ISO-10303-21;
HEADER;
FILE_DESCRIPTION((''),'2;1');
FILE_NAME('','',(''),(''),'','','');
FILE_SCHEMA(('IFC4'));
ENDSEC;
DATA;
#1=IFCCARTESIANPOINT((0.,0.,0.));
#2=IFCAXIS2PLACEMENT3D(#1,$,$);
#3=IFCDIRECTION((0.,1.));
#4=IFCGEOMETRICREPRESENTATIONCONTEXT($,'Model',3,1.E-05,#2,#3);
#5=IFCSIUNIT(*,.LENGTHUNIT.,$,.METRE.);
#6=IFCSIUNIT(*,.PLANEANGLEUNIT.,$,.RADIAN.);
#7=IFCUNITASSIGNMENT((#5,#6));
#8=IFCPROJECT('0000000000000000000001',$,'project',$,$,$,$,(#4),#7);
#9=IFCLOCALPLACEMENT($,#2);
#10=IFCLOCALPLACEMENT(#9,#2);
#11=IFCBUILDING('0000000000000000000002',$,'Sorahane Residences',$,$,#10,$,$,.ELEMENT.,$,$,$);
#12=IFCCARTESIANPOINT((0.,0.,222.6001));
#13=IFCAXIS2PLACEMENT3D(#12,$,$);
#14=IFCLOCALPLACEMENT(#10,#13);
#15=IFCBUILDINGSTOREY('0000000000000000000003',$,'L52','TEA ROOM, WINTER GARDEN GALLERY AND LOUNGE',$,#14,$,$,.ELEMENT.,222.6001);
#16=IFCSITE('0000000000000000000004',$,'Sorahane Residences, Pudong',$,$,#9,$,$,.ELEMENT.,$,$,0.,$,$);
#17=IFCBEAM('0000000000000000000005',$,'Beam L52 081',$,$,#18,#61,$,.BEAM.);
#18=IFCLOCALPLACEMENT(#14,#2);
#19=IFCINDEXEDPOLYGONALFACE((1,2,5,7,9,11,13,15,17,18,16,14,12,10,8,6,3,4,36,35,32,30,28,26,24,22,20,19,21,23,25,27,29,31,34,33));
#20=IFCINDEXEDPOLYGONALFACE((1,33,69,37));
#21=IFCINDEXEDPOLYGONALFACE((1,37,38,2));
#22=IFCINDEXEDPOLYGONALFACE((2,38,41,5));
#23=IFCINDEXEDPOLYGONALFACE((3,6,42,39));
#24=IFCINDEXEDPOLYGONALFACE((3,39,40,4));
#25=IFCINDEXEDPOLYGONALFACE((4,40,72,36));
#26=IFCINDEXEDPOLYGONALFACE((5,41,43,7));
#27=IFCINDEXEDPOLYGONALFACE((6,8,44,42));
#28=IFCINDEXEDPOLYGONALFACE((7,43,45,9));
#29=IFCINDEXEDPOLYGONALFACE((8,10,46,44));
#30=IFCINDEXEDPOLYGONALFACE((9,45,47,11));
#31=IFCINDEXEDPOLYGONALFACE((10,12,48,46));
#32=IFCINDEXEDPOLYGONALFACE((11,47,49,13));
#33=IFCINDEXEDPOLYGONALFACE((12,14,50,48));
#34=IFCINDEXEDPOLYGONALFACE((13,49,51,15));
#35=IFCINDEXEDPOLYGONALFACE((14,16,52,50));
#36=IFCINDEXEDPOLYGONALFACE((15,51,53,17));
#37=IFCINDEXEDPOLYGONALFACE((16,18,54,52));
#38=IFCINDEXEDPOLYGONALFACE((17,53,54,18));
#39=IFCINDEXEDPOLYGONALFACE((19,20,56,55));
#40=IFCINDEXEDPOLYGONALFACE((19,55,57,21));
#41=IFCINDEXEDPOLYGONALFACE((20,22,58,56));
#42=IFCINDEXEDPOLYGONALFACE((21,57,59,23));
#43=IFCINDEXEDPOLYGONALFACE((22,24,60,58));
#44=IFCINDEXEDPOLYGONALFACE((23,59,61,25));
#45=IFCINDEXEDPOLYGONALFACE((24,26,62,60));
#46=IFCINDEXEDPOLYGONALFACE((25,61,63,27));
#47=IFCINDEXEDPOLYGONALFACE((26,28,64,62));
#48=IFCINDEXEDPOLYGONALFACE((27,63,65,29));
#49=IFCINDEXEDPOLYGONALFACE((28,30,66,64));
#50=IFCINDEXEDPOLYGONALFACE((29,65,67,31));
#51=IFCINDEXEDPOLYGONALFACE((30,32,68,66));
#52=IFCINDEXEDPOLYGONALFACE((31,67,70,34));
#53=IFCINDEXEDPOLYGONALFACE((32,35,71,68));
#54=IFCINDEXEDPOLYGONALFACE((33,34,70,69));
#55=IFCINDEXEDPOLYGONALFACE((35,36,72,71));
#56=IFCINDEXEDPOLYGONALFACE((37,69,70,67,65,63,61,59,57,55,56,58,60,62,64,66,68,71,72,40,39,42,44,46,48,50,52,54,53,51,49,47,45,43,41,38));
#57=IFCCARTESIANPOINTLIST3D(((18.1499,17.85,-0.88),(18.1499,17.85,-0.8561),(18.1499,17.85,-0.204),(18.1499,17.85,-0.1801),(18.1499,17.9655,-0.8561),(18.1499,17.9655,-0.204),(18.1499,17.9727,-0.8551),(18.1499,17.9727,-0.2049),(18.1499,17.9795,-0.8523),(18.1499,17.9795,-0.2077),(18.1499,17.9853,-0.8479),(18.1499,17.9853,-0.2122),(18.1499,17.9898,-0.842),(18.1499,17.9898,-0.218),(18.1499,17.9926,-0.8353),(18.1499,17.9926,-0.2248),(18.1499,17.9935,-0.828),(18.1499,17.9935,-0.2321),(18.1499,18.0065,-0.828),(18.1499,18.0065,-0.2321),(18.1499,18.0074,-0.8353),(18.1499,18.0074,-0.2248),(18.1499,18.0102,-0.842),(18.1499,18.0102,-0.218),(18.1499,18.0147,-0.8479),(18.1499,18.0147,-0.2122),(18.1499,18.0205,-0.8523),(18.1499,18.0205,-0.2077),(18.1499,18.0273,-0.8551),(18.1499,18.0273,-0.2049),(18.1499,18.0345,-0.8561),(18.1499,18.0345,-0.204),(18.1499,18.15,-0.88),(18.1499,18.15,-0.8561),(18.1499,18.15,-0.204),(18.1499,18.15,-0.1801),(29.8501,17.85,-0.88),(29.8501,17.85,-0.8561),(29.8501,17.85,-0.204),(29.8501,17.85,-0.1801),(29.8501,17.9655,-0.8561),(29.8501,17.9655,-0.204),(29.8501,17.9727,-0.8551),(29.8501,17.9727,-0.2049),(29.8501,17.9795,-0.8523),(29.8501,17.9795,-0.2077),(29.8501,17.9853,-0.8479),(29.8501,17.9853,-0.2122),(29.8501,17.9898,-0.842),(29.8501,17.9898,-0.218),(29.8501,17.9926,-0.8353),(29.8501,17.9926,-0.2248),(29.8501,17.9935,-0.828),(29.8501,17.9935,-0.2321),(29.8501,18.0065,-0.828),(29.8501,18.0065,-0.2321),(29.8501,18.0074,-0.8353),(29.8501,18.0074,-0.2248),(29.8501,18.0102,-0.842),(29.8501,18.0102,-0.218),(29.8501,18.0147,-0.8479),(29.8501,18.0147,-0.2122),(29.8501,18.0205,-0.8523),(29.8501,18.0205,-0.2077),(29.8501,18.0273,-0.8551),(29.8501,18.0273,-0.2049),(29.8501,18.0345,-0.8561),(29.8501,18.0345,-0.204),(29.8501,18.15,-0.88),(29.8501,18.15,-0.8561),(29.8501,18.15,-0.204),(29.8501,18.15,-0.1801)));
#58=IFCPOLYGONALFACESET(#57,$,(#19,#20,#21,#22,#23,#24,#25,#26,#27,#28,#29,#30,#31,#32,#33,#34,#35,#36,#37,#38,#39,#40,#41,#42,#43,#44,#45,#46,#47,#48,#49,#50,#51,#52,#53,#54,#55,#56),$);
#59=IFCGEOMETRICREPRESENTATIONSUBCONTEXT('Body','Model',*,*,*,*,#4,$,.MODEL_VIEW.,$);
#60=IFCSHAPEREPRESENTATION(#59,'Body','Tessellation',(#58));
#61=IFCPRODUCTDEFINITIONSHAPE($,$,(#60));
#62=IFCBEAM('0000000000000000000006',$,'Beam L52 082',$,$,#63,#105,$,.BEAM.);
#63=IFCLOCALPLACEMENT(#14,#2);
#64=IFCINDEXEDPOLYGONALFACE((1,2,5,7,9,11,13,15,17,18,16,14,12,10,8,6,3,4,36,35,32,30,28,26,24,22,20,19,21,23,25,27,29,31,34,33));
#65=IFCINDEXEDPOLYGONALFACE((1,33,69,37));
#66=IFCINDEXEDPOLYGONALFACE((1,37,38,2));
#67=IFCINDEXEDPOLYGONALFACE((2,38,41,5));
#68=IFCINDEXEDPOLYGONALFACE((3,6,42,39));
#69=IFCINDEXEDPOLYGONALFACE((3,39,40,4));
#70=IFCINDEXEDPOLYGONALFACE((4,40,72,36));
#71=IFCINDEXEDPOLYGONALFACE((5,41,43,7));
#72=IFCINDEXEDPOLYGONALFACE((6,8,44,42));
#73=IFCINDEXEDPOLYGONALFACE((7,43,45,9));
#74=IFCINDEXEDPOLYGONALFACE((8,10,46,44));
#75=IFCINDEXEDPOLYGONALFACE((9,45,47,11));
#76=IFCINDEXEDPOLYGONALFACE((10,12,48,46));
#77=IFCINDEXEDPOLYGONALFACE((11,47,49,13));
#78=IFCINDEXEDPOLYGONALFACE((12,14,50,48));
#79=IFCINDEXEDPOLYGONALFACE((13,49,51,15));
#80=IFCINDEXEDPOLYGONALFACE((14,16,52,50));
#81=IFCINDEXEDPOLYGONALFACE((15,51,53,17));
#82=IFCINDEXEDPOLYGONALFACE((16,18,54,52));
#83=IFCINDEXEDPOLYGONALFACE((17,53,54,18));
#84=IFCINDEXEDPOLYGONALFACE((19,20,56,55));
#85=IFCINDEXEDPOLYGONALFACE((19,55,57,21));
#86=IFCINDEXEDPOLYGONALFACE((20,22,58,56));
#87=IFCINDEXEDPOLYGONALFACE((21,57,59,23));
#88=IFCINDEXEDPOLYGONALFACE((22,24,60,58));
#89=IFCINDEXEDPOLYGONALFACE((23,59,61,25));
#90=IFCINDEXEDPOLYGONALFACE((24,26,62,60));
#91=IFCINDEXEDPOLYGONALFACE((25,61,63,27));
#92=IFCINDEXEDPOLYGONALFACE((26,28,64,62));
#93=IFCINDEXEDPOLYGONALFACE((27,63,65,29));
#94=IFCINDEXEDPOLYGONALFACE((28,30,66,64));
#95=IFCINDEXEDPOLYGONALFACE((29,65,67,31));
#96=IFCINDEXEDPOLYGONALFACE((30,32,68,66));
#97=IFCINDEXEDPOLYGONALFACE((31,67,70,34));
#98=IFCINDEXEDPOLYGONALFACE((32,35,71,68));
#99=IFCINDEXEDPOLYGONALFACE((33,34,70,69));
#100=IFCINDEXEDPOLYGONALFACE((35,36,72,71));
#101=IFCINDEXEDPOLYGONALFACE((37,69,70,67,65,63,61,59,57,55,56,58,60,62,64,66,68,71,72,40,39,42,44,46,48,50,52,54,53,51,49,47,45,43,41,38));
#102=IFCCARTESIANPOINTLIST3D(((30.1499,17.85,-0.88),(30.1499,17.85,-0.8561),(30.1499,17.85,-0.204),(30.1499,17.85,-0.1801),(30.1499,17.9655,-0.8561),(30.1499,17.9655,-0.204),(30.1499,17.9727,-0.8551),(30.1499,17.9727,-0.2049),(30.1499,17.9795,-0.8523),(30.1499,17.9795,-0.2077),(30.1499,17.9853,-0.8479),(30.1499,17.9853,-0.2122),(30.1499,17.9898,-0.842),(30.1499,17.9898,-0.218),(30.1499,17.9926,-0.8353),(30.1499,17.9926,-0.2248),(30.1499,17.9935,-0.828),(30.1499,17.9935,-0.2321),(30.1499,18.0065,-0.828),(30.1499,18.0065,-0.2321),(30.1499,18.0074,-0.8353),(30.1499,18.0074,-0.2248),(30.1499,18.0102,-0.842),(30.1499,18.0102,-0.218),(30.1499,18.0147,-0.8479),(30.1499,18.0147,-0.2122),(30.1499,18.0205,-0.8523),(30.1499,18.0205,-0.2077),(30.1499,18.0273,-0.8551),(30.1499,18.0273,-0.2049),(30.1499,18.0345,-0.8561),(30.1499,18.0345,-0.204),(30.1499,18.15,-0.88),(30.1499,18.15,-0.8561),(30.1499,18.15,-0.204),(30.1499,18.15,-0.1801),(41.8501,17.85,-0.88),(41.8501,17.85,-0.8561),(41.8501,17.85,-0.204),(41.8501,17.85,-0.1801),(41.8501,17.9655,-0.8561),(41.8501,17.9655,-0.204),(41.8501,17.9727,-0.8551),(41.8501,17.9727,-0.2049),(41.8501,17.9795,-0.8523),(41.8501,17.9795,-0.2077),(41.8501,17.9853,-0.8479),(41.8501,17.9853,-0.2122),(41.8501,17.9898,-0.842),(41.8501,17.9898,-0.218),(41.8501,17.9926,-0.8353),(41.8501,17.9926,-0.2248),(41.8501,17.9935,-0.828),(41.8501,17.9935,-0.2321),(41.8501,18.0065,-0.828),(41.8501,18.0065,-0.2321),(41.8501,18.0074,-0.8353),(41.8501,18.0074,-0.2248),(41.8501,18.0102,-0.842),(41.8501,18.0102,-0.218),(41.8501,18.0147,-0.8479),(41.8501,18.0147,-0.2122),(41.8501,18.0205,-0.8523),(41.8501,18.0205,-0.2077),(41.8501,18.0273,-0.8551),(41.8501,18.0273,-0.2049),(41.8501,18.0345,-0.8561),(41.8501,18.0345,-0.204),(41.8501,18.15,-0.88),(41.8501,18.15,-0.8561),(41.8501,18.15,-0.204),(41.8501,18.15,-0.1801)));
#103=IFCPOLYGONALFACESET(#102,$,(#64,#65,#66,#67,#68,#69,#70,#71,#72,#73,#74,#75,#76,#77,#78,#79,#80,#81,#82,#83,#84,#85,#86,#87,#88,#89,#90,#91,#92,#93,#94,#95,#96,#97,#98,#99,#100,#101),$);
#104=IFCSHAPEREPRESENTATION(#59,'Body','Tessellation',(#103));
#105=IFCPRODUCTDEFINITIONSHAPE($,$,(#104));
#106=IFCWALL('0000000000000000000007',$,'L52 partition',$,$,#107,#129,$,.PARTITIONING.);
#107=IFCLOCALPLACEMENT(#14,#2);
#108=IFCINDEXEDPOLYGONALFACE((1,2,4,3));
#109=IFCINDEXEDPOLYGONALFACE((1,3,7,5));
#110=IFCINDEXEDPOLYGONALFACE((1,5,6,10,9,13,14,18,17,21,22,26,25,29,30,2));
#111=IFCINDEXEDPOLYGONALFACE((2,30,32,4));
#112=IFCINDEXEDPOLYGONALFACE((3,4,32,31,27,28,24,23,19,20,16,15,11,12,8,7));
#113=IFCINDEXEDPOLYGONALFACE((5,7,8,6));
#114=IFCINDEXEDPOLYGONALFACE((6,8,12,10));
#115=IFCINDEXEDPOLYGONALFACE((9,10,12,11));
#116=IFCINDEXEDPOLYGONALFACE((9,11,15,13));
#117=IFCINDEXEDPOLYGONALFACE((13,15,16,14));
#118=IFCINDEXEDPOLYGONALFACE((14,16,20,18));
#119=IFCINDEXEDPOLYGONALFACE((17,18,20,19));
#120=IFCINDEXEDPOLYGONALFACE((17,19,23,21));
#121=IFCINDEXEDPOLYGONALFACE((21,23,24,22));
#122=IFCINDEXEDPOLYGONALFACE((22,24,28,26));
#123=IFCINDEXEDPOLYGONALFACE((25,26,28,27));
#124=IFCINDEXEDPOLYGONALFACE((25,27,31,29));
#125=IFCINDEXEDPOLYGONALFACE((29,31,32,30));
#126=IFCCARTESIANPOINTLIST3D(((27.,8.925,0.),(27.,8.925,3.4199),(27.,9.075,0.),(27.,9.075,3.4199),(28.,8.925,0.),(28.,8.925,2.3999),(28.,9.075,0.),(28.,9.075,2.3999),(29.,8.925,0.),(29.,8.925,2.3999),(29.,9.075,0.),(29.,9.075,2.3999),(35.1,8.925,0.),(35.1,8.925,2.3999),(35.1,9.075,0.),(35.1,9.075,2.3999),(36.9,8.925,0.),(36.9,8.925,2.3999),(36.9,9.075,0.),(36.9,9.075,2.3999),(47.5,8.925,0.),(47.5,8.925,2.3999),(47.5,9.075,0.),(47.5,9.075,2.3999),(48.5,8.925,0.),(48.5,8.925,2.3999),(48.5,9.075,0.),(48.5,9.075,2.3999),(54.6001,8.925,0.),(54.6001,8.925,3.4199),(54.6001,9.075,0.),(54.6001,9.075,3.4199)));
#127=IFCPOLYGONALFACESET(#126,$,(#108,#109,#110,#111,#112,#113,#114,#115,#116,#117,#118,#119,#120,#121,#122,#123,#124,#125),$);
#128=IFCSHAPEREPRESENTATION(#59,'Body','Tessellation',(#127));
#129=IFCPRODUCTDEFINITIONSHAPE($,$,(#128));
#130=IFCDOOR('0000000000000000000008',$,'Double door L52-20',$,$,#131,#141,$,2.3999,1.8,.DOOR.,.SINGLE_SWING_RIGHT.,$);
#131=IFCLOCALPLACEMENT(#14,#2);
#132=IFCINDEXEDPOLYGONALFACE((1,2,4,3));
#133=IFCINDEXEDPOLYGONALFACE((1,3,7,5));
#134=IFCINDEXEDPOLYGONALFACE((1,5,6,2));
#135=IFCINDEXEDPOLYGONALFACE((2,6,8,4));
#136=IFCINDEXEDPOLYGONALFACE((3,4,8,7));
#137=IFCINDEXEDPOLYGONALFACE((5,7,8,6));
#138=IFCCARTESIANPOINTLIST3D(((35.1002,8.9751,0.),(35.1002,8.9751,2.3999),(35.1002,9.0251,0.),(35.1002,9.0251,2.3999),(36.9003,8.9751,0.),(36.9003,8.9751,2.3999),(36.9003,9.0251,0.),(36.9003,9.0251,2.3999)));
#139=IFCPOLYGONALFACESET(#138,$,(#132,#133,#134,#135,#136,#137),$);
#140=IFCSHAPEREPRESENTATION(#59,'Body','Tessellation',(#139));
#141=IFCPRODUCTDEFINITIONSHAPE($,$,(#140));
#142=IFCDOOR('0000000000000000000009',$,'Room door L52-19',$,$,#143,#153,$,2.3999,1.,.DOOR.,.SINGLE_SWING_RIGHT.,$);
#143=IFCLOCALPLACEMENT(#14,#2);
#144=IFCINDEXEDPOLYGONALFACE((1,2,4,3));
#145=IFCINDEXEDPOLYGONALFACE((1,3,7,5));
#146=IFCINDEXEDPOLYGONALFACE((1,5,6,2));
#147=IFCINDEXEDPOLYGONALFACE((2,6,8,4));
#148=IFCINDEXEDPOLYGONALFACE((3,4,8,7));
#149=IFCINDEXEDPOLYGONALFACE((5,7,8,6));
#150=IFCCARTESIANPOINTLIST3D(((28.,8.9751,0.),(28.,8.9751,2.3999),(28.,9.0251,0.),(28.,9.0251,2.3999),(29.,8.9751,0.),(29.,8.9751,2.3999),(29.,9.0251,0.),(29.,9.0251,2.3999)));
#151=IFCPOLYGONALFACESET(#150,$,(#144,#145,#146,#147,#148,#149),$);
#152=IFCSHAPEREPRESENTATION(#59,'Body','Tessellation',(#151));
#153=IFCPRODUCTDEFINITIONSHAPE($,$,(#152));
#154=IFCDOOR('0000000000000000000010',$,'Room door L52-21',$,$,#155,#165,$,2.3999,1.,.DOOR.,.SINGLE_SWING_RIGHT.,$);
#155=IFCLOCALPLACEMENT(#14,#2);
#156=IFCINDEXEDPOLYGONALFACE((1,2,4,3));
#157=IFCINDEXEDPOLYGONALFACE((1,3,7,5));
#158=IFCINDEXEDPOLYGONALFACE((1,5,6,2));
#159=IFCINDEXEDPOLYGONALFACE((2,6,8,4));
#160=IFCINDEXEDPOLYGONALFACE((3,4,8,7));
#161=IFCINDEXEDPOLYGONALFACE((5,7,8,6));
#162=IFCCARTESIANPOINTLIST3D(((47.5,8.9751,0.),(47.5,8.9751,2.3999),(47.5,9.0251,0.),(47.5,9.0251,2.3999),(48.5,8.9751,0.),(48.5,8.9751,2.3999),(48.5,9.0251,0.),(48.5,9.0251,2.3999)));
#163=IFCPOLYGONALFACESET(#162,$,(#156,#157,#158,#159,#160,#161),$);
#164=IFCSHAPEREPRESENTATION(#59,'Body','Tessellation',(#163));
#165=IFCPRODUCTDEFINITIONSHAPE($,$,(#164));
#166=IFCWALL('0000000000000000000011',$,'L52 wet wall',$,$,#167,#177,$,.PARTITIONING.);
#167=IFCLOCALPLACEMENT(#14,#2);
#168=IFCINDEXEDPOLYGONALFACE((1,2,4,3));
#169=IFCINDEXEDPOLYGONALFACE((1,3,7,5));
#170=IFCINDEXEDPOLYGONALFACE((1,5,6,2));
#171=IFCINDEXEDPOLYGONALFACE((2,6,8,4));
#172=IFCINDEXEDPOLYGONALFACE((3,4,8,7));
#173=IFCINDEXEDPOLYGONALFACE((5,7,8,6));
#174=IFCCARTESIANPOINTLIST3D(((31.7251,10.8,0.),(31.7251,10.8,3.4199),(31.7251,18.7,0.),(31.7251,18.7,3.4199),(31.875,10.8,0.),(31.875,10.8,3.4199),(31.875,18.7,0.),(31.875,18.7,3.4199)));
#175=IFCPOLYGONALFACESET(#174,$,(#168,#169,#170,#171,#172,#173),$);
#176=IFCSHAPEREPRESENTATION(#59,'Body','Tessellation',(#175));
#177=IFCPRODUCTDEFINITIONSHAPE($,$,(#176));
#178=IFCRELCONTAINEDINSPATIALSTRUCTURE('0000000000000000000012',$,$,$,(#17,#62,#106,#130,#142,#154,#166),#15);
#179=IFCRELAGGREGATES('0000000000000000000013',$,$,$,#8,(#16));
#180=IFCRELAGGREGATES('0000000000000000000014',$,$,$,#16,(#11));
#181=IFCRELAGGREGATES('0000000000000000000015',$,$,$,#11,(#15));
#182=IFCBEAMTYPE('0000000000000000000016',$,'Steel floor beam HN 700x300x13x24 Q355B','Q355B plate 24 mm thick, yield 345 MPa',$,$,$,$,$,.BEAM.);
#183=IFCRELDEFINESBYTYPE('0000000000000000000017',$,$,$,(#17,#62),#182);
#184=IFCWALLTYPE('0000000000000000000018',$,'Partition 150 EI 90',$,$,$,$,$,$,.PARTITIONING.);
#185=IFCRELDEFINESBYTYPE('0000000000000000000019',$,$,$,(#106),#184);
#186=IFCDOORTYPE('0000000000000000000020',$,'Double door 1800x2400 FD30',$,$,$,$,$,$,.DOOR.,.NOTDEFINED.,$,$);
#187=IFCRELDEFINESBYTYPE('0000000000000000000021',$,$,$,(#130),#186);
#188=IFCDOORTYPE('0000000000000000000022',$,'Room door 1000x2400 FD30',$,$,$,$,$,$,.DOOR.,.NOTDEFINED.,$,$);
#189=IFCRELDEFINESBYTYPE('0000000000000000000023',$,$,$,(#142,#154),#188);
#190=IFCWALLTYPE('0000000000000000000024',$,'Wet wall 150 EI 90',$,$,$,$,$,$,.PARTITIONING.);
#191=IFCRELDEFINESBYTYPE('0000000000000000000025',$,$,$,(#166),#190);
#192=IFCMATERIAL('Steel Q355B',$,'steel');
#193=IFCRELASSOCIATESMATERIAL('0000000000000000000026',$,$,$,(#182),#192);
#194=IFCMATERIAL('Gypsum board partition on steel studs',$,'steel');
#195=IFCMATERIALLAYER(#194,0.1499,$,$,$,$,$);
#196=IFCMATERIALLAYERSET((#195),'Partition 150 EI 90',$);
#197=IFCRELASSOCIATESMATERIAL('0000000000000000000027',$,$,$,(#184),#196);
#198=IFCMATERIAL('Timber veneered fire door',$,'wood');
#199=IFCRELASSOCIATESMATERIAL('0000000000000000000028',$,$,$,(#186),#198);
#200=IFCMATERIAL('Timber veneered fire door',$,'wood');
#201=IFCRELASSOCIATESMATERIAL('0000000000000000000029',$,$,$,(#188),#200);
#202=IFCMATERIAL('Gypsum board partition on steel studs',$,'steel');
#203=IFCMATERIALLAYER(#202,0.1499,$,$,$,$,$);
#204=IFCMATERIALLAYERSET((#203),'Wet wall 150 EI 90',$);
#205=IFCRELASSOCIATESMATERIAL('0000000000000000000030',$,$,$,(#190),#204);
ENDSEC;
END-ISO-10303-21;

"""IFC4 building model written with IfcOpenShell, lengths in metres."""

from ifc_helpers import new_model, si_unit, direction, frame, frame_2d, origin, origin_2d, place, context, subcontext, project, spatial, rectangle, i_section, extrude, material, layer, layer_set, material_profile, profile_set, type_object, element, fill, save


model = new_model("IFC4")

# Units and contexts
model_context = context("Model", 3, precision=1e-05, world=origin(), true_north=direction((0.0, 1.0)))
body_context = subcontext(model_context, "Body", "Model", "MODEL_VIEW")
ifc_project = project(units=[si_unit("LENGTHUNIT", "METRE"), si_unit("PLANEANGLEUNIT", "RADIAN")], contexts=[model_context])

# Site, building, storey
site_placement = place(None, origin())
site = spatial("IfcSite", under=ifc_project, at=site_placement, Name="Sorahane Residences, Pudong", CompositionType="ELEMENT", RefElevation=0.0)
building_placement = place(site_placement, origin())
building = spatial("IfcBuilding", under=site, at=building_placement, Name="Sorahane Residences", CompositionType="ELEMENT")
storey_placement = place(building_placement, frame((0.0, 0.0, 222.6001)))
storey = spatial("IfcBuildingStorey", under=building, at=storey_placement, Name="L52", Description="TEA ROOM, WINTER GARDEN GALLERY AND LOUNGE", CompositionType="ELEMENT", Elevation=222.6001)

# Beams
ifc_material_1 = material(Name="Steel Q355B", Category="steel")
ifc_material_profile_1 = material_profile(ifc_material_1, i_section(OverallWidth=0.3, OverallDepth=0.7, WebThickness=0.0129, FlangeThickness=0.0239, FilletRadius=0.0281, at=origin_2d()), Name="HN 700x300x13x24")
ifc_profile_set_1 = profile_set([ifc_material_profile_1], Name="Steel Q355B")
beam_type_1 = type_object("IfcBeamType", Name="Steel floor beam HN 700x300x13x24 Q355B", Description="Q355B plate 24 mm thick, yield 345 MPa", PredefinedType="BEAM", material=ifc_profile_set_1)
for number, where, z_axis, x_axis, name in (
    (1, (18.1499, 18.0, -0.53), (1.0, 0.0, 0.0), (0.0, 1.0, 0.0), "Beam L52 081"),
    (2, (30.1499, 18.0, -0.53), (1.0, 0.0, 0.0), (0.0, 1.0, 0.0), "Beam L52 082"),
):
    element("IfcBeam", number, at=place(storey_placement, frame(where, z_axis=z_axis, x_axis=x_axis)), inside=storey, type_object=beam_type_1, Name=name, PredefinedType="BEAM", context=body_context, shape_type="SweptSolid", body=[
        extrude(i_section(OverallWidth=0.3, OverallDepth=0.7, WebThickness=0.0129, FlangeThickness=0.0239, FilletRadius=0.0281, at=origin_2d()), origin(), (0.0, 0.0, 1.0), 11.7002),
    ])

# Wall, openings, doors
ifc_material_2 = material(Name="Gypsum board partition on steel studs", Category="steel")
ifc_layer_1 = layer(ifc_material_2, 0.1499)
ifc_layer_set_1 = layer_set([ifc_layer_1], Name="Partition 150 EI 90")
wall_type_1 = type_object("IfcWallType", Name="Partition 150 EI 90", PredefinedType="PARTITIONING", material=ifc_layer_set_1)
wall_1_placement = place(storey_placement, frame((27.0, 9.0, 0.0), z_axis=(0.0, 0.0, 1.0), x_axis=(1.0, 0.0, 0.0)))
wall_1 = element("IfcWall", 3, at=wall_1_placement, inside=storey, type_object=wall_type_1, Name="L52 partition", PredefinedType="PARTITIONING", context=body_context, shape_type="SweptSolid", body=[
    extrude(rectangle(XDim=27.6001, YDim=0.1499, at=frame_2d((13.8, 0.0))), origin(), (0.0, 0.0, 1.0), 3.4199),
])
opening_1_placement = place(wall_1_placement, frame((1.0, 0.0, 0.0)))
opening_1 = element("IfcOpeningElement", 4, at=opening_1_placement, cuts=wall_1, PredefinedType="OPENING", context=body_context, shape_type="SweptSolid", body=[
    extrude(rectangle(XDim=1.0, YDim=2.3999, at=frame_2d((0.5, 1.2))), frame((0.0, 0.085, 0.0), z_axis=(0.0, -1.0, 0.0), x_axis=(1.0, 0.0, 0.0)), (0.0, 0.0, 1.0), 0.1699),
])
opening_2_placement = place(wall_1_placement, frame((8.1001, 0.0, 0.0)))
opening_2 = element("IfcOpeningElement", 5, at=opening_2_placement, cuts=wall_1, PredefinedType="OPENING", context=body_context, shape_type="SweptSolid", body=[
    extrude(rectangle(XDim=1.8, YDim=2.3999, at=frame_2d((0.8999, 1.2))), frame((0.0, 0.085, 0.0), z_axis=(0.0, -1.0, 0.0), x_axis=(1.0, 0.0, 0.0)), (0.0, 0.0, 1.0), 0.1699),
])
opening_3_placement = place(wall_1_placement, frame((20.5, 0.0, 0.0)))
opening_3 = element("IfcOpeningElement", 6, at=opening_3_placement, cuts=wall_1, PredefinedType="OPENING", context=body_context, shape_type="SweptSolid", body=[
    extrude(rectangle(XDim=1.0, YDim=2.3999, at=frame_2d((0.5, 1.2))), frame((0.0, 0.085, 0.0), z_axis=(0.0, -1.0, 0.0), x_axis=(1.0, 0.0, 0.0)), (0.0, 0.0, 1.0), 0.1699),
])
ifc_material_3 = material(Name="Timber veneered fire door", Category="wood")
door_type_1 = type_object("IfcDoorType", Name="Double door 1800x2400 FD30", OperationType="NOTDEFINED", PredefinedType="DOOR", material=ifc_material_3)
door_1_placement = place(opening_2_placement, frame((1.8, 0.0, 0.0), z_axis=(0.0, 0.0, 1.0), x_axis=(-1.0, 0.0, 0.0)))
door_1 = element("IfcDoor", 7, at=door_1_placement, inside=storey, type_object=door_type_1, Name="Double door L52-20", OperationType="SINGLE_SWING_RIGHT", OverallHeight=2.3999, OverallWidth=1.8, PredefinedType="DOOR", context=body_context, shape_type="SweptSolid", body=[
    extrude(rectangle(XDim=1.8, YDim=2.3999, at=frame_2d((0.8999, 1.2))), frame((0.0, 0.0249, 0.0), z_axis=(0.0, -1.0, 0.0), x_axis=(1.0, 0.0, 0.0)), (0.0, 0.0, 1.0), 0.05),
])
fill(opening_2, door_1)
ifc_material_4 = material(Name="Timber veneered fire door", Category="wood")
door_type_2 = type_object("IfcDoorType", Name="Room door 1000x2400 FD30", OperationType="NOTDEFINED", PredefinedType="DOOR", material=ifc_material_4)
door_2_placement = place(opening_1_placement, frame((1.0, 0.0, 0.0), z_axis=(0.0, 0.0, 1.0), x_axis=(-1.0, 0.0, 0.0)))
door_2 = element("IfcDoor", 8, at=door_2_placement, inside=storey, type_object=door_type_2, Name="Room door L52-19", OperationType="SINGLE_SWING_RIGHT", OverallHeight=2.3999, OverallWidth=1.0, PredefinedType="DOOR", context=body_context, shape_type="SweptSolid", body=[
    extrude(rectangle(XDim=1.0, YDim=2.3999, at=frame_2d((0.5, 1.2))), frame((0.0, 0.0249, 0.0), z_axis=(0.0, -1.0, 0.0), x_axis=(1.0, 0.0, 0.0)), (0.0, 0.0, 1.0), 0.05),
])
fill(opening_1, door_2)
door_3_placement = place(opening_3_placement, frame((1.0, 0.0, 0.0), z_axis=(0.0, 0.0, 1.0), x_axis=(-1.0, 0.0, 0.0)))
door_3 = element("IfcDoor", 9, at=door_3_placement, inside=storey, type_object=door_type_2, Name="Room door L52-21", OperationType="SINGLE_SWING_RIGHT", OverallHeight=2.3999, OverallWidth=1.0, PredefinedType="DOOR", context=body_context, shape_type="SweptSolid", body=[
    extrude(rectangle(XDim=1.0, YDim=2.3999, at=frame_2d((0.5, 1.2))), frame((0.0, 0.0249, 0.0), z_axis=(0.0, -1.0, 0.0), x_axis=(1.0, 0.0, 0.0)), (0.0, 0.0, 1.0), 0.05),
])
fill(opening_3, door_3)

# Wall
ifc_material_5 = material(Name="Gypsum board partition on steel studs", Category="steel")
ifc_layer_2 = layer(ifc_material_5, 0.1499)
ifc_layer_set_2 = layer_set([ifc_layer_2], Name="Wet wall 150 EI 90")
wall_type_2 = type_object("IfcWallType", Name="Wet wall 150 EI 90", PredefinedType="PARTITIONING", material=ifc_layer_set_2)
wall_2_placement = place(storey_placement, frame((31.8, 10.8, 0.0), z_axis=(0.0, 0.0, 1.0), x_axis=(0.0, 1.0, 0.0)))
element("IfcWall", 10, at=wall_2_placement, inside=storey, type_object=wall_type_2, Name="L52 wet wall", PredefinedType="PARTITIONING", context=body_context, shape_type="SweptSolid", body=[
    extrude(rectangle(XDim=7.8999, YDim=0.1499, at=frame_2d((3.95, 0.0))), origin(), (0.0, 0.0, 1.0), 3.4199),
])

save(model, "model.ifc")
